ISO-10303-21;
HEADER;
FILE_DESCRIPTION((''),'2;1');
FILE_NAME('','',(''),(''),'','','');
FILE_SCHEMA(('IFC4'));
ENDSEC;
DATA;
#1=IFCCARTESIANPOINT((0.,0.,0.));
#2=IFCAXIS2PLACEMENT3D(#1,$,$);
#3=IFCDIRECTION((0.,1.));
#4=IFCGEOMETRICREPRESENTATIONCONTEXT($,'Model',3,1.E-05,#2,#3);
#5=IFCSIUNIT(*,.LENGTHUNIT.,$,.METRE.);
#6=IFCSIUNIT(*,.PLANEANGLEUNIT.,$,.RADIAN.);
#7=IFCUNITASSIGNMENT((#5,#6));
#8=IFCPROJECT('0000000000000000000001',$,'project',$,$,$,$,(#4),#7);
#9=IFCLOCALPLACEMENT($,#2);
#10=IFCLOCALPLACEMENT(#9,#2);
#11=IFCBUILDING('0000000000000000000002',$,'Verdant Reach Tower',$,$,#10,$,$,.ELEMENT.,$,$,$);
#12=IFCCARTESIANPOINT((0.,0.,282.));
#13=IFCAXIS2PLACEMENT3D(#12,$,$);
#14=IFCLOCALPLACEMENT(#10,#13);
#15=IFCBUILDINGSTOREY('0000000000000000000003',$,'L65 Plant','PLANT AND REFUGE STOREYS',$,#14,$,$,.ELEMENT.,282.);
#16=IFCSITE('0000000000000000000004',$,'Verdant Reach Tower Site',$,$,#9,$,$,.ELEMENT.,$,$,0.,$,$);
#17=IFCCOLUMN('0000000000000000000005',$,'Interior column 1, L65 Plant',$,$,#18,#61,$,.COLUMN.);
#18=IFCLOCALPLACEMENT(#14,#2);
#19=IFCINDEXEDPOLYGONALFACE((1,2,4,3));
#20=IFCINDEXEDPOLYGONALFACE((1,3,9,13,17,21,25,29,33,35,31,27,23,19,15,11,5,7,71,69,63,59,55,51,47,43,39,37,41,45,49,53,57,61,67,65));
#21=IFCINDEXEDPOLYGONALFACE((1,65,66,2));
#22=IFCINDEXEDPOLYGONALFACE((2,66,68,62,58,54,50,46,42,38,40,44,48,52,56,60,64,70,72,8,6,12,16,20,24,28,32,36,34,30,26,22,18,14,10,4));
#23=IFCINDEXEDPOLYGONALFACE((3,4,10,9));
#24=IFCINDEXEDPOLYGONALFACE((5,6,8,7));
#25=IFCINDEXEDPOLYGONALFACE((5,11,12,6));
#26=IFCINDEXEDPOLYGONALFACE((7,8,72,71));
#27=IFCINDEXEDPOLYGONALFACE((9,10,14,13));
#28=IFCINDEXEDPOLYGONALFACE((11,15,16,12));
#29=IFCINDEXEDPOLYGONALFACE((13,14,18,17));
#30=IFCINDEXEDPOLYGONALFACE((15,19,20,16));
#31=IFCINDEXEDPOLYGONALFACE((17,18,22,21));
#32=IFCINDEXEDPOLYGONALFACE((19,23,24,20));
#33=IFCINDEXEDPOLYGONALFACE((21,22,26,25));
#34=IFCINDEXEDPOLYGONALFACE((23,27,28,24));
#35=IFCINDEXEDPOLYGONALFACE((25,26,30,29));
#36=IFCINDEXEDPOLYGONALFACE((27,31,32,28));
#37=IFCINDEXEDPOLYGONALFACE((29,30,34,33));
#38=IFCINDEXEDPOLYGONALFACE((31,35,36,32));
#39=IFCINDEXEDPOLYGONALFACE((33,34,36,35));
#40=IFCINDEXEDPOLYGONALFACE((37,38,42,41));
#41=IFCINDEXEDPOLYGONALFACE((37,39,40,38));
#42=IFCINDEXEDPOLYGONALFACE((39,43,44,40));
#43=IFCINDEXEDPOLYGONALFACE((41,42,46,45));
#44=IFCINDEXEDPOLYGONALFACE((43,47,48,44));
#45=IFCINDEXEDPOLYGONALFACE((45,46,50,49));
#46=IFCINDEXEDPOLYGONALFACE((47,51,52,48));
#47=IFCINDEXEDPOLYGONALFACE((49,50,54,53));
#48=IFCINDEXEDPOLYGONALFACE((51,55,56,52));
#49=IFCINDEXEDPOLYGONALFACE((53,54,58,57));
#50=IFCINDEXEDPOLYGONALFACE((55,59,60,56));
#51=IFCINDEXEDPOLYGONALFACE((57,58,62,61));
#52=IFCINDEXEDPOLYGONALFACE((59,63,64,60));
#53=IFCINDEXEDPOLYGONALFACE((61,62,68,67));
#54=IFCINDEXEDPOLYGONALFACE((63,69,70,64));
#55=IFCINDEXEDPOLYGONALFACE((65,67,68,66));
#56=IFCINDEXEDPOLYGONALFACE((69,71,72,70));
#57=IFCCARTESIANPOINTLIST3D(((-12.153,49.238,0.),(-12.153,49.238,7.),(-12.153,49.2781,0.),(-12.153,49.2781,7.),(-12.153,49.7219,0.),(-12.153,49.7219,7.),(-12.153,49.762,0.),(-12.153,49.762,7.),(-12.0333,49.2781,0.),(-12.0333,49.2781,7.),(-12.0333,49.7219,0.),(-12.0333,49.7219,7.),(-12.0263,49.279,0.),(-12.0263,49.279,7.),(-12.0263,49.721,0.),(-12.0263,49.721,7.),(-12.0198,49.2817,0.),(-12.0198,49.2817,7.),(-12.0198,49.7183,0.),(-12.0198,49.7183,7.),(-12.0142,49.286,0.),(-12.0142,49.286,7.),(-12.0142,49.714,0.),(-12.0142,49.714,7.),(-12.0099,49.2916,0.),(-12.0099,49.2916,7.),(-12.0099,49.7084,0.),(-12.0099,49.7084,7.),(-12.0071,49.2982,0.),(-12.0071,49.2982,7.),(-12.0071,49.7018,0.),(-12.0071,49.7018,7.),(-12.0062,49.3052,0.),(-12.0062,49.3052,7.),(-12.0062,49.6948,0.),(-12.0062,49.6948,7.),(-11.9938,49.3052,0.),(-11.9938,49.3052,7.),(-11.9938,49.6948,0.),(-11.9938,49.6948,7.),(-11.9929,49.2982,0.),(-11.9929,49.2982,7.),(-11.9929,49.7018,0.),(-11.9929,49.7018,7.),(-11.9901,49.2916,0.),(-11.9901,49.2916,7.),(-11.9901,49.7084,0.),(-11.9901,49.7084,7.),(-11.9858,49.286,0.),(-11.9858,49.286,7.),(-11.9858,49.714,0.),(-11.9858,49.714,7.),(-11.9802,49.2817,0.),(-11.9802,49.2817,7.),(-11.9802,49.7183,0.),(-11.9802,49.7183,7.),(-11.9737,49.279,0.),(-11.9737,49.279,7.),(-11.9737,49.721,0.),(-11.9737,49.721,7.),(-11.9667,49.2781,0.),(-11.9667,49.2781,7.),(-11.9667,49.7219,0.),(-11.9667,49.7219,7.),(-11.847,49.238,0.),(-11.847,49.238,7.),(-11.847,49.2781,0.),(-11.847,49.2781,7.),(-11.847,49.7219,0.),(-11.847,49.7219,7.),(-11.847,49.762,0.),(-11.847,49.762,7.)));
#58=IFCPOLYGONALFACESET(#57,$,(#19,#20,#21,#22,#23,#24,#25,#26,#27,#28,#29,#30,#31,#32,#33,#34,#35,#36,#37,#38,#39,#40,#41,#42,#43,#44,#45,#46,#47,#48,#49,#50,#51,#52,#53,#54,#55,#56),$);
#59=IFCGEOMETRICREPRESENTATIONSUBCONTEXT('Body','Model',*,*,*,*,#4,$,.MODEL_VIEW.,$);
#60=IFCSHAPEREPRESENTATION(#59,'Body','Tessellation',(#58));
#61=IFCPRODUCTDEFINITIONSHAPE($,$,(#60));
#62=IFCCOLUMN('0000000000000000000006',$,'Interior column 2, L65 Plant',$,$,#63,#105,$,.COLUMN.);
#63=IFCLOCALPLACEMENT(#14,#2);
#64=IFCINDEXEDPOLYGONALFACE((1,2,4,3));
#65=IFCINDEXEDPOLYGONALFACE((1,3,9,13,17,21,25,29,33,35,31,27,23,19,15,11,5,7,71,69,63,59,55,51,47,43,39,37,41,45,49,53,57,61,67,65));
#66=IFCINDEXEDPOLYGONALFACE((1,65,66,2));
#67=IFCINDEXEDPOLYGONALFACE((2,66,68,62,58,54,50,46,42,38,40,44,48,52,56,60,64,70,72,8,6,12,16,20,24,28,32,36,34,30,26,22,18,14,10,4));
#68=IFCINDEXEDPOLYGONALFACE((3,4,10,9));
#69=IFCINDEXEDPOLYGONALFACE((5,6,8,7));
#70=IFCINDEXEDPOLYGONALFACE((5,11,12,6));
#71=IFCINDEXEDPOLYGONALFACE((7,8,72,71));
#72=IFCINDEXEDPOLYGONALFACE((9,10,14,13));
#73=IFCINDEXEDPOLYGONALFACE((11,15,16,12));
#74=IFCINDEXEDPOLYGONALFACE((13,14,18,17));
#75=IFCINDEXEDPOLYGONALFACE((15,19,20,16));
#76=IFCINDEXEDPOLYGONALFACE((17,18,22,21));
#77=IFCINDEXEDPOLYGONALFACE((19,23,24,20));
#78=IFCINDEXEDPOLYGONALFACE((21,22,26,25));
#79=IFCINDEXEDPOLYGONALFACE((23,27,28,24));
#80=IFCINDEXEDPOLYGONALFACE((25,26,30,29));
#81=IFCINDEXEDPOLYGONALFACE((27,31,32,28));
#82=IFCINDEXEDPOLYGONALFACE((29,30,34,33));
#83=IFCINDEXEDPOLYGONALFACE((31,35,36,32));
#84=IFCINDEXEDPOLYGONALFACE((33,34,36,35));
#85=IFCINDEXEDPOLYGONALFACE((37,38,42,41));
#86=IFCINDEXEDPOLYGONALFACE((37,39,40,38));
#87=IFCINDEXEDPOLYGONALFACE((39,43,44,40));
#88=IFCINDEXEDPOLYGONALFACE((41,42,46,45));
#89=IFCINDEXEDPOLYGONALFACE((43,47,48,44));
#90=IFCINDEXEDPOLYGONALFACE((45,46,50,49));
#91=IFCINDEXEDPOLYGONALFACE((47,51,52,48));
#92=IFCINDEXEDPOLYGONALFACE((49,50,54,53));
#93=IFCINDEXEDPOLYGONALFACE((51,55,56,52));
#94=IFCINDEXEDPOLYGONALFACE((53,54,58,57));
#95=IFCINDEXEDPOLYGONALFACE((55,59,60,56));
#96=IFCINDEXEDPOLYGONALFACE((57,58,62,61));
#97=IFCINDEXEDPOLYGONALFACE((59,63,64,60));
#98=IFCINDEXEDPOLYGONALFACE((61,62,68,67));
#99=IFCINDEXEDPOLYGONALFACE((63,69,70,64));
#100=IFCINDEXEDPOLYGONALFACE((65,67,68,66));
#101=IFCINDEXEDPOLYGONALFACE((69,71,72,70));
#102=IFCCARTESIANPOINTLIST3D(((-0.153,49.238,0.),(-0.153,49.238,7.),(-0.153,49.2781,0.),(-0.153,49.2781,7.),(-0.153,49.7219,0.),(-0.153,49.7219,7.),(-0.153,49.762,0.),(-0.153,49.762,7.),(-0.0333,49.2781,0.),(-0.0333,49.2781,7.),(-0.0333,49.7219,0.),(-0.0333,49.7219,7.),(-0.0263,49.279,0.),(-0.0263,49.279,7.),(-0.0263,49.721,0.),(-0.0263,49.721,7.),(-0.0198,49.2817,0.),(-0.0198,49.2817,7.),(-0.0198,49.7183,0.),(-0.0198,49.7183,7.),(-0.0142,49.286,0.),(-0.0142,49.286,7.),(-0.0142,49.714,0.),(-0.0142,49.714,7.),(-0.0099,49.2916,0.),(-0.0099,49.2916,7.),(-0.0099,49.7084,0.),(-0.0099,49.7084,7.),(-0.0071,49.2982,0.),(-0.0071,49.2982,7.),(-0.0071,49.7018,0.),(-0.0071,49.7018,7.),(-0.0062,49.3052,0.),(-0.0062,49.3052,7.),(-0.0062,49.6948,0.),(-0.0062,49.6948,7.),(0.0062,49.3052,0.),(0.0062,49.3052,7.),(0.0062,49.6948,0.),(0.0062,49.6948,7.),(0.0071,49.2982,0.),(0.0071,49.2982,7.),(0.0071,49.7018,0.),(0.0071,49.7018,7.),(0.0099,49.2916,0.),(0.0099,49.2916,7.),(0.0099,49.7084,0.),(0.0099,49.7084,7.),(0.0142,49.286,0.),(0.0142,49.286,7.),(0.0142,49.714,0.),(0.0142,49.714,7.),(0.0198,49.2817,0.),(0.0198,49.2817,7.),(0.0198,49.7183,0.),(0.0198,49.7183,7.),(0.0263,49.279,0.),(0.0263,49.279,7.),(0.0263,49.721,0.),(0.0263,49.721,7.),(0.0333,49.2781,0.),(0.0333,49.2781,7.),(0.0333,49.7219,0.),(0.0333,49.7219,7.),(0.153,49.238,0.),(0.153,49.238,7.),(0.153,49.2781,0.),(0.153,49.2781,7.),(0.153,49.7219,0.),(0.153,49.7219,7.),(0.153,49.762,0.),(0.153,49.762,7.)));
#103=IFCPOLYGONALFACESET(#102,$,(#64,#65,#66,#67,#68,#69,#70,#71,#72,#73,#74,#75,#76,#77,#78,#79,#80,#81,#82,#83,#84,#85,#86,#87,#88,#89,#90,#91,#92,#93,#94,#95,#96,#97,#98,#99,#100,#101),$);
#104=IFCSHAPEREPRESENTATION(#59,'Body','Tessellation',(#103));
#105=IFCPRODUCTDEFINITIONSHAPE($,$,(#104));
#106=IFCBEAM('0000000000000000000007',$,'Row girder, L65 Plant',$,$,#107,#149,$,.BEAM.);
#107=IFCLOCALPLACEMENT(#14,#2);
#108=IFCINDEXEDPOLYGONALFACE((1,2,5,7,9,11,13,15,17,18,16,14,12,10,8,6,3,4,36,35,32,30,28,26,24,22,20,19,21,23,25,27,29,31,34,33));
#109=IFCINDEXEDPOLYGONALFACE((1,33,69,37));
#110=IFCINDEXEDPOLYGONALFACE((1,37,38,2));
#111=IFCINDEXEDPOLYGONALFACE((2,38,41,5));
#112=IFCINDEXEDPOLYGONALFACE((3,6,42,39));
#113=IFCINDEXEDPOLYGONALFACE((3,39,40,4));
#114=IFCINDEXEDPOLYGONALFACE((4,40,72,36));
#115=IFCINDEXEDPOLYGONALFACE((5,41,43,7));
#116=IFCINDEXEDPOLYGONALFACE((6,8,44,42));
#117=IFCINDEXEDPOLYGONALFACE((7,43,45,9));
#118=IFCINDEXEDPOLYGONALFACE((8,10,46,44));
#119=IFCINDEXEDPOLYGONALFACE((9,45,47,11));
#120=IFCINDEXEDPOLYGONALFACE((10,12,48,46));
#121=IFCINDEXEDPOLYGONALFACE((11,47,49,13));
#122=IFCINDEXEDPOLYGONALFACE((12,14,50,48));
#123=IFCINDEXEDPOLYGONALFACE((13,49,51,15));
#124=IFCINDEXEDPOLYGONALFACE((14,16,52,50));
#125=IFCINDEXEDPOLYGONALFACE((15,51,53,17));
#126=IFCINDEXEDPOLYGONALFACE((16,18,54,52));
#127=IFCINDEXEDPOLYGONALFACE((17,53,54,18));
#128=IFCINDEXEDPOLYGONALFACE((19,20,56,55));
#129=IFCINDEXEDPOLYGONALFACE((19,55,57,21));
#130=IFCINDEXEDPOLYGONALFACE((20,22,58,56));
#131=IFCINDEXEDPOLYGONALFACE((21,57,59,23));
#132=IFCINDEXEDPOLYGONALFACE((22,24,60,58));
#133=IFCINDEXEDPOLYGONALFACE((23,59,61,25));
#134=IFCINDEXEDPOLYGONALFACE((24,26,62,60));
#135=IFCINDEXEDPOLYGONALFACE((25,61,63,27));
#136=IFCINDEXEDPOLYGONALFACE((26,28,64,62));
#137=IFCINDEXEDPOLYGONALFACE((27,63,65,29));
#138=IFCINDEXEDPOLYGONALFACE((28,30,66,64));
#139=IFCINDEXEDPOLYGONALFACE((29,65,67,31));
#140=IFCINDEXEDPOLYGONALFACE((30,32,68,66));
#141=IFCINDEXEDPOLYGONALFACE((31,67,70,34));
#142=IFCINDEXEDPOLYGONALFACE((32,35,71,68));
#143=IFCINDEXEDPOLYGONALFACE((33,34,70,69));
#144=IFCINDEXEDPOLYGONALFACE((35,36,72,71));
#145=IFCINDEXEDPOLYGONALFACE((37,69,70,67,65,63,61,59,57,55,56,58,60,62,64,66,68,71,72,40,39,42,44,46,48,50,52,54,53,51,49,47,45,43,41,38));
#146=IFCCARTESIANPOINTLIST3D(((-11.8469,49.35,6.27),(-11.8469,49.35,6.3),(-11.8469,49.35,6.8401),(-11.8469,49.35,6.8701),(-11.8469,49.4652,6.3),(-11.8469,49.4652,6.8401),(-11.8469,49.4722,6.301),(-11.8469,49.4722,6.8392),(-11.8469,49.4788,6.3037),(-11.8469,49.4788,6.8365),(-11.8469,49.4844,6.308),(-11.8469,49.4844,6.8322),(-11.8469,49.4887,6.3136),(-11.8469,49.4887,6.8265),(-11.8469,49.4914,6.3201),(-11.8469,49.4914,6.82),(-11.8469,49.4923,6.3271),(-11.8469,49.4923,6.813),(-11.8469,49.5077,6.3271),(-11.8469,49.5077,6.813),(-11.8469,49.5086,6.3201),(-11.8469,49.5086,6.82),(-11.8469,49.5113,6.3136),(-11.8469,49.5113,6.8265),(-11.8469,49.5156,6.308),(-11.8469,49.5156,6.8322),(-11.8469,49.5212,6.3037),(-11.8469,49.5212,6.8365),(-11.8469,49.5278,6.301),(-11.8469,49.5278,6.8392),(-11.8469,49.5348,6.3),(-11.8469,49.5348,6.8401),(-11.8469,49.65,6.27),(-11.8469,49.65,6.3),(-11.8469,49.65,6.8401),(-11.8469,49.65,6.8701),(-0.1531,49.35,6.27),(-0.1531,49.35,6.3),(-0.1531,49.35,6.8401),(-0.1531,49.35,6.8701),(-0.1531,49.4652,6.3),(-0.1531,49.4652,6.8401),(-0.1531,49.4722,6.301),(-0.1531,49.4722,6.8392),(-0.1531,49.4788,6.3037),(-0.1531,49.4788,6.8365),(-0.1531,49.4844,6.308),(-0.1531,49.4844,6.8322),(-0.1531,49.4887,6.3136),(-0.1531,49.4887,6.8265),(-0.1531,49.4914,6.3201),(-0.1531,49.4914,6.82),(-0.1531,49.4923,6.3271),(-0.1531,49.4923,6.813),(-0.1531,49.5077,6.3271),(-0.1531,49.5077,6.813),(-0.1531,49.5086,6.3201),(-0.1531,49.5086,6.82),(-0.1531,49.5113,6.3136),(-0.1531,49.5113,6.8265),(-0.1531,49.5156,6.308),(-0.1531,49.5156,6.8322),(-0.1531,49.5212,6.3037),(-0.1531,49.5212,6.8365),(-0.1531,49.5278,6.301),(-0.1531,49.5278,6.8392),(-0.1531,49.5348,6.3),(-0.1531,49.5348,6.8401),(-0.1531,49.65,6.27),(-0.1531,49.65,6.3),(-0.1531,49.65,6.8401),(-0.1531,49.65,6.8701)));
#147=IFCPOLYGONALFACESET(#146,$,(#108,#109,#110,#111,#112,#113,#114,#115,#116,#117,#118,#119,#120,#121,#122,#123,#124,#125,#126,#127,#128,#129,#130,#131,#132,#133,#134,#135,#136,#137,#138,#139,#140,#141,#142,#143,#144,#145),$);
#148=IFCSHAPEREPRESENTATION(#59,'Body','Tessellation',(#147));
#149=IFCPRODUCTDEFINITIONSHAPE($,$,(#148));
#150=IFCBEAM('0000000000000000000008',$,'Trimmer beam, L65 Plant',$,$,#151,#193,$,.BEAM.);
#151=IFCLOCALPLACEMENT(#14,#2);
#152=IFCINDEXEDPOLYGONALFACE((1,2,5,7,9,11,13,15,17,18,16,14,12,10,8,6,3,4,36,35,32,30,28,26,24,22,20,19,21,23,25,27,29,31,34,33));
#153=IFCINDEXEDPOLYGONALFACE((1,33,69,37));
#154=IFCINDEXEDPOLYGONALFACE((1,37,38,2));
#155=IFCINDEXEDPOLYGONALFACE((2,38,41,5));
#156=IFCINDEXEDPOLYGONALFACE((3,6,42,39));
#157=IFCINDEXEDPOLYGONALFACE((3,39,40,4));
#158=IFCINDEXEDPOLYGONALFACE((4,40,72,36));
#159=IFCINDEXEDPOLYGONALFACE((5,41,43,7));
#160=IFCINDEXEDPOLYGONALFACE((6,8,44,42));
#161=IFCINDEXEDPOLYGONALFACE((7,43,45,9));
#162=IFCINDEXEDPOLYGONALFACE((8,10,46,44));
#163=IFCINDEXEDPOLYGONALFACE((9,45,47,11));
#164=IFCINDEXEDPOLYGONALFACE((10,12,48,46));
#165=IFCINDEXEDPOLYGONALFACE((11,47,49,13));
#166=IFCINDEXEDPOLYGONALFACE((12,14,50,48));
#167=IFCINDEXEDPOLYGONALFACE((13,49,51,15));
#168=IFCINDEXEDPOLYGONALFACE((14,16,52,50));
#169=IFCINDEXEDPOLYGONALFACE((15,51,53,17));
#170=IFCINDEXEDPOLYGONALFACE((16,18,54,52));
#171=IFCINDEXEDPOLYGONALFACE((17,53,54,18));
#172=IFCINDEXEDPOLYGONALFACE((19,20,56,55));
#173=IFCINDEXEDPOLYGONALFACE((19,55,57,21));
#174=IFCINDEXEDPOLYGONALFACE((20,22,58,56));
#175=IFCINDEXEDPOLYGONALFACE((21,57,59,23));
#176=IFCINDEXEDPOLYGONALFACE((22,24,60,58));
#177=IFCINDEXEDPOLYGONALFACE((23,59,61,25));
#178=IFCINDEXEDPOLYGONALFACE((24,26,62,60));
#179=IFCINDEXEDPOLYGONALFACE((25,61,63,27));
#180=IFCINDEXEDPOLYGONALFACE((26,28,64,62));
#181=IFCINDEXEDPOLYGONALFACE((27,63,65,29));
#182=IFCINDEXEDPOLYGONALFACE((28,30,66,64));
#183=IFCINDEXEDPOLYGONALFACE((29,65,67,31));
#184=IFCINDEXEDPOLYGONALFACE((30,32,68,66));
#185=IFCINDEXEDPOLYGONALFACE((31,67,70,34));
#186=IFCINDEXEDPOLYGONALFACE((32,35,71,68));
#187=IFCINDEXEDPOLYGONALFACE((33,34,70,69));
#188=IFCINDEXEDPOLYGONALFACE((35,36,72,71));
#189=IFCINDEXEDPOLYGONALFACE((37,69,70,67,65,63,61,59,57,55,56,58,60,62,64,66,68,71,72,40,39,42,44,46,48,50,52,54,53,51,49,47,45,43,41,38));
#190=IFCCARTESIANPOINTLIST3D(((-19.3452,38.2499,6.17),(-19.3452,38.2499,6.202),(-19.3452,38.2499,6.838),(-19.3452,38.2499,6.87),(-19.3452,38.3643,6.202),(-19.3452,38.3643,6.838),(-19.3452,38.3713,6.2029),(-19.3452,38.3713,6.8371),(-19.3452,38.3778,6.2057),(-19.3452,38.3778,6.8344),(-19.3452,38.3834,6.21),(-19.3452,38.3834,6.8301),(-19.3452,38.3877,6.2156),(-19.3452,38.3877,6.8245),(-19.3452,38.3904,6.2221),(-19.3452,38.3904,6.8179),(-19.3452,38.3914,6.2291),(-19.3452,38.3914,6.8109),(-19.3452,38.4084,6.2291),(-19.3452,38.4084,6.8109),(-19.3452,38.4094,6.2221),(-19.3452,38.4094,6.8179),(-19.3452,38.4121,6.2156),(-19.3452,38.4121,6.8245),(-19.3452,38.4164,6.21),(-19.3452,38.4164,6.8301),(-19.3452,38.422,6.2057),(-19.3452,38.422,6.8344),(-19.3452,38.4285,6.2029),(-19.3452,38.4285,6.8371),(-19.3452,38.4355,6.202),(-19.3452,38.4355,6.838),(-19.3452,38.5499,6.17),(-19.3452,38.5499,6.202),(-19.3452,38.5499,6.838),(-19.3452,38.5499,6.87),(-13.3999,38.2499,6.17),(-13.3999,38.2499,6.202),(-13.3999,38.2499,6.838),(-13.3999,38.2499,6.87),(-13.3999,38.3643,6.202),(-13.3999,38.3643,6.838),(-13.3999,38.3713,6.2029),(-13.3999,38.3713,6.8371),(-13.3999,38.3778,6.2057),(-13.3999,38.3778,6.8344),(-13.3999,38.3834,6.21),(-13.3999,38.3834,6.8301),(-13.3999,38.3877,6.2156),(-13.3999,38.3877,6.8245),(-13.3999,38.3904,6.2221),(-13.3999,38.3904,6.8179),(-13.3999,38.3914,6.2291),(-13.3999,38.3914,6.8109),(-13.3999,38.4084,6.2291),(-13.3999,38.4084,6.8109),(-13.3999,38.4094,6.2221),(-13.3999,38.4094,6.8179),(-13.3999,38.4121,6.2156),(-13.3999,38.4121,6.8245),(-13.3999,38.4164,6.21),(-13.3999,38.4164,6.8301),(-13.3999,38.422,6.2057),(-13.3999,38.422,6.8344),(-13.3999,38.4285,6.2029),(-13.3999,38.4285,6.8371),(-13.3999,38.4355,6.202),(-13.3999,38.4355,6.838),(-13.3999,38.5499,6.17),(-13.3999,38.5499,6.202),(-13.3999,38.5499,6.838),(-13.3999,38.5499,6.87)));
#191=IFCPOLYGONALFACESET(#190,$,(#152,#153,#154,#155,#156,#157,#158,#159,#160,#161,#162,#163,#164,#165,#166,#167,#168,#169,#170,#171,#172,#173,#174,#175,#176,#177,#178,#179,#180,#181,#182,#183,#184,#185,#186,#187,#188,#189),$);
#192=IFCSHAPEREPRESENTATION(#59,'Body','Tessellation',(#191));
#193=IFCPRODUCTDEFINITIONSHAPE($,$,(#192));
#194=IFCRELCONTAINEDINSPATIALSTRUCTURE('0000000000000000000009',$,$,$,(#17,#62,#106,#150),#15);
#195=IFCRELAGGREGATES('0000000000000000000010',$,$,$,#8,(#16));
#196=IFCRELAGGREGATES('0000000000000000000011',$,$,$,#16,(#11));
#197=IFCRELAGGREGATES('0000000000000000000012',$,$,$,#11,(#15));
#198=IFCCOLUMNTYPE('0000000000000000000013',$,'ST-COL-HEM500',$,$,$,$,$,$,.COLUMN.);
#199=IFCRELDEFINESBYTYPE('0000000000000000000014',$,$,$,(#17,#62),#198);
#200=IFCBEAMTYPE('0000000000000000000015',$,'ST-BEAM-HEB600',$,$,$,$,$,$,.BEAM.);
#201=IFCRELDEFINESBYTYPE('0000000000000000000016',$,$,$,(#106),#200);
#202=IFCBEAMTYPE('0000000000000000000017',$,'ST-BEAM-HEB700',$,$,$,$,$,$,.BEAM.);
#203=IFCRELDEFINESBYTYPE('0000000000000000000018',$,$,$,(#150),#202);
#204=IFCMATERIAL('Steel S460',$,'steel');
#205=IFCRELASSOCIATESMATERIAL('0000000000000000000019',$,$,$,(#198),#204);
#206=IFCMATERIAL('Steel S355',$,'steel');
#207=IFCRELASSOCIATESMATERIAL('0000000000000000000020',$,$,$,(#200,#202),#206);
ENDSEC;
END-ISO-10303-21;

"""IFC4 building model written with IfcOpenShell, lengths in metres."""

from ifc_helpers import new_model, si_unit, direction, frame, origin, origin_2d, place, context, subcontext, project, spatial, i_section, extrude, material, material_profile, profile_set, type_object, element, save


model = new_model("IFC4")

# Units and contexts
model_context = context("Model", 3, precision=1e-05, world=origin(), true_north=direction((0.0, 1.0)))
body_context = subcontext(model_context, "Body", "Model", "MODEL_VIEW")
ifc_project = project(units=[si_unit("LENGTHUNIT", "METRE"), si_unit("PLANEANGLEUNIT", "RADIAN")], contexts=[model_context])

# Site, building, storey
site_placement = place(None, origin())
site = spatial("IfcSite", under=ifc_project, at=site_placement, Name="Verdant Reach Tower Site", CompositionType="ELEMENT", RefElevation=0.0)
building_placement = place(site_placement, origin())
building = spatial("IfcBuilding", under=site, at=building_placement, Name="Verdant Reach Tower", CompositionType="ELEMENT")
storey_placement = place(building_placement, frame((0.0, 0.0, 282.0)))
storey = spatial("IfcBuildingStorey", under=building, at=storey_placement, Name="L65 Plant", Description="PLANT AND REFUGE STOREYS", CompositionType="ELEMENT", Elevation=282.0)

# Columns
ifc_material_1 = material(Name="Steel S460", Category="steel")
ifc_material_profile_1 = material_profile(ifc_material_1, i_section(OverallWidth=0.3059, OverallDepth=0.5239, WebThickness=0.0125, FlangeThickness=0.04, FilletRadius=0.0271, at=origin_2d()), Name="HEM 500")
ifc_profile_set_1 = profile_set([ifc_material_profile_1], Name="Steel S460")
column_type = type_object("IfcColumnType", Name="ST-COL-HEM500", PredefinedType="COLUMN", material=ifc_profile_set_1)
for number, where, z_axis, x_axis, name in (
    (1, (-12.0, 49.5, 0.0), (0.0, 0.0, 1.0), (1.0, 0.0, 0.0), "Interior column 1, L65 Plant"),
    (2, (0.0, 49.5, 0.0), (0.0, 0.0, 1.0), (1.0, 0.0, 0.0), "Interior column 2, L65 Plant"),
):
    element("IfcColumn", number, at=place(storey_placement, frame(where, z_axis=z_axis, x_axis=x_axis)), inside=storey, type_object=column_type, Name=name, PredefinedType="COLUMN", context=body_context, shape_type="SweptSolid", body=[
        extrude(i_section(OverallWidth=0.3059, OverallDepth=0.5239, WebThickness=0.0125, FlangeThickness=0.04, FilletRadius=0.0271, at=origin_2d()), origin(), (0.0, 0.0, 1.0), 7.0),
    ])

# Beams
ifc_material_2 = material(Name="Steel S355", Category="steel")
ifc_material_profile_2 = material_profile(ifc_material_2, i_section(OverallWidth=0.3, OverallDepth=0.6001, WebThickness=0.0154, FlangeThickness=0.03, FilletRadius=0.0271, at=origin_2d()), Name="HEB 600")
ifc_profile_set_2 = profile_set([ifc_material_profile_2], Name="Steel S355")
beam_type_1 = type_object("IfcBeamType", Name="ST-BEAM-HEB600", PredefinedType="BEAM", material=ifc_profile_set_2)
beam_1_placement = place(storey_placement, frame((-11.8469, 49.5, 6.5701), z_axis=(1.0, 0.0, 0.0), x_axis=(0.0, 1.0, 0.0)))
element("IfcBeam", 3, at=beam_1_placement, inside=storey, type_object=beam_type_1, Name="Row girder, L65 Plant", PredefinedType="BEAM", context=body_context, shape_type="SweptSolid", body=[
    extrude(i_section(OverallWidth=0.3, OverallDepth=0.6001, WebThickness=0.0154, FlangeThickness=0.03, FilletRadius=0.0271, at=origin_2d()), origin(), (0.0, 0.0, 1.0), 11.6938),
])
ifc_material_profile_3 = material_profile(ifc_material_2, i_section(OverallWidth=0.3, OverallDepth=0.7, WebThickness=0.0171, FlangeThickness=0.032, FilletRadius=0.0271, at=origin_2d()), Name="HEB 700")
ifc_profile_set_3 = profile_set([ifc_material_profile_3], Name="Steel S355")
beam_type_2 = type_object("IfcBeamType", Name="ST-BEAM-HEB700", PredefinedType="BEAM", material=ifc_profile_set_3)
beam_2_placement = place(storey_placement, frame((-13.3999, 38.3999, 6.52), z_axis=(-1.0, 0.0, 0.0), x_axis=(0.0, -1.0, 0.0)))
element("IfcBeam", 4, at=beam_2_placement, inside=storey, type_object=beam_type_2, Name="Trimmer beam, L65 Plant", PredefinedType="BEAM", context=body_context, shape_type="SweptSolid", body=[
    extrude(i_section(OverallWidth=0.3, OverallDepth=0.7, WebThickness=0.0171, FlangeThickness=0.032, FilletRadius=0.0271, at=origin_2d()), origin(), (0.0, 0.0, 1.0), 5.9453),
])

save(model, "model.ifc")
